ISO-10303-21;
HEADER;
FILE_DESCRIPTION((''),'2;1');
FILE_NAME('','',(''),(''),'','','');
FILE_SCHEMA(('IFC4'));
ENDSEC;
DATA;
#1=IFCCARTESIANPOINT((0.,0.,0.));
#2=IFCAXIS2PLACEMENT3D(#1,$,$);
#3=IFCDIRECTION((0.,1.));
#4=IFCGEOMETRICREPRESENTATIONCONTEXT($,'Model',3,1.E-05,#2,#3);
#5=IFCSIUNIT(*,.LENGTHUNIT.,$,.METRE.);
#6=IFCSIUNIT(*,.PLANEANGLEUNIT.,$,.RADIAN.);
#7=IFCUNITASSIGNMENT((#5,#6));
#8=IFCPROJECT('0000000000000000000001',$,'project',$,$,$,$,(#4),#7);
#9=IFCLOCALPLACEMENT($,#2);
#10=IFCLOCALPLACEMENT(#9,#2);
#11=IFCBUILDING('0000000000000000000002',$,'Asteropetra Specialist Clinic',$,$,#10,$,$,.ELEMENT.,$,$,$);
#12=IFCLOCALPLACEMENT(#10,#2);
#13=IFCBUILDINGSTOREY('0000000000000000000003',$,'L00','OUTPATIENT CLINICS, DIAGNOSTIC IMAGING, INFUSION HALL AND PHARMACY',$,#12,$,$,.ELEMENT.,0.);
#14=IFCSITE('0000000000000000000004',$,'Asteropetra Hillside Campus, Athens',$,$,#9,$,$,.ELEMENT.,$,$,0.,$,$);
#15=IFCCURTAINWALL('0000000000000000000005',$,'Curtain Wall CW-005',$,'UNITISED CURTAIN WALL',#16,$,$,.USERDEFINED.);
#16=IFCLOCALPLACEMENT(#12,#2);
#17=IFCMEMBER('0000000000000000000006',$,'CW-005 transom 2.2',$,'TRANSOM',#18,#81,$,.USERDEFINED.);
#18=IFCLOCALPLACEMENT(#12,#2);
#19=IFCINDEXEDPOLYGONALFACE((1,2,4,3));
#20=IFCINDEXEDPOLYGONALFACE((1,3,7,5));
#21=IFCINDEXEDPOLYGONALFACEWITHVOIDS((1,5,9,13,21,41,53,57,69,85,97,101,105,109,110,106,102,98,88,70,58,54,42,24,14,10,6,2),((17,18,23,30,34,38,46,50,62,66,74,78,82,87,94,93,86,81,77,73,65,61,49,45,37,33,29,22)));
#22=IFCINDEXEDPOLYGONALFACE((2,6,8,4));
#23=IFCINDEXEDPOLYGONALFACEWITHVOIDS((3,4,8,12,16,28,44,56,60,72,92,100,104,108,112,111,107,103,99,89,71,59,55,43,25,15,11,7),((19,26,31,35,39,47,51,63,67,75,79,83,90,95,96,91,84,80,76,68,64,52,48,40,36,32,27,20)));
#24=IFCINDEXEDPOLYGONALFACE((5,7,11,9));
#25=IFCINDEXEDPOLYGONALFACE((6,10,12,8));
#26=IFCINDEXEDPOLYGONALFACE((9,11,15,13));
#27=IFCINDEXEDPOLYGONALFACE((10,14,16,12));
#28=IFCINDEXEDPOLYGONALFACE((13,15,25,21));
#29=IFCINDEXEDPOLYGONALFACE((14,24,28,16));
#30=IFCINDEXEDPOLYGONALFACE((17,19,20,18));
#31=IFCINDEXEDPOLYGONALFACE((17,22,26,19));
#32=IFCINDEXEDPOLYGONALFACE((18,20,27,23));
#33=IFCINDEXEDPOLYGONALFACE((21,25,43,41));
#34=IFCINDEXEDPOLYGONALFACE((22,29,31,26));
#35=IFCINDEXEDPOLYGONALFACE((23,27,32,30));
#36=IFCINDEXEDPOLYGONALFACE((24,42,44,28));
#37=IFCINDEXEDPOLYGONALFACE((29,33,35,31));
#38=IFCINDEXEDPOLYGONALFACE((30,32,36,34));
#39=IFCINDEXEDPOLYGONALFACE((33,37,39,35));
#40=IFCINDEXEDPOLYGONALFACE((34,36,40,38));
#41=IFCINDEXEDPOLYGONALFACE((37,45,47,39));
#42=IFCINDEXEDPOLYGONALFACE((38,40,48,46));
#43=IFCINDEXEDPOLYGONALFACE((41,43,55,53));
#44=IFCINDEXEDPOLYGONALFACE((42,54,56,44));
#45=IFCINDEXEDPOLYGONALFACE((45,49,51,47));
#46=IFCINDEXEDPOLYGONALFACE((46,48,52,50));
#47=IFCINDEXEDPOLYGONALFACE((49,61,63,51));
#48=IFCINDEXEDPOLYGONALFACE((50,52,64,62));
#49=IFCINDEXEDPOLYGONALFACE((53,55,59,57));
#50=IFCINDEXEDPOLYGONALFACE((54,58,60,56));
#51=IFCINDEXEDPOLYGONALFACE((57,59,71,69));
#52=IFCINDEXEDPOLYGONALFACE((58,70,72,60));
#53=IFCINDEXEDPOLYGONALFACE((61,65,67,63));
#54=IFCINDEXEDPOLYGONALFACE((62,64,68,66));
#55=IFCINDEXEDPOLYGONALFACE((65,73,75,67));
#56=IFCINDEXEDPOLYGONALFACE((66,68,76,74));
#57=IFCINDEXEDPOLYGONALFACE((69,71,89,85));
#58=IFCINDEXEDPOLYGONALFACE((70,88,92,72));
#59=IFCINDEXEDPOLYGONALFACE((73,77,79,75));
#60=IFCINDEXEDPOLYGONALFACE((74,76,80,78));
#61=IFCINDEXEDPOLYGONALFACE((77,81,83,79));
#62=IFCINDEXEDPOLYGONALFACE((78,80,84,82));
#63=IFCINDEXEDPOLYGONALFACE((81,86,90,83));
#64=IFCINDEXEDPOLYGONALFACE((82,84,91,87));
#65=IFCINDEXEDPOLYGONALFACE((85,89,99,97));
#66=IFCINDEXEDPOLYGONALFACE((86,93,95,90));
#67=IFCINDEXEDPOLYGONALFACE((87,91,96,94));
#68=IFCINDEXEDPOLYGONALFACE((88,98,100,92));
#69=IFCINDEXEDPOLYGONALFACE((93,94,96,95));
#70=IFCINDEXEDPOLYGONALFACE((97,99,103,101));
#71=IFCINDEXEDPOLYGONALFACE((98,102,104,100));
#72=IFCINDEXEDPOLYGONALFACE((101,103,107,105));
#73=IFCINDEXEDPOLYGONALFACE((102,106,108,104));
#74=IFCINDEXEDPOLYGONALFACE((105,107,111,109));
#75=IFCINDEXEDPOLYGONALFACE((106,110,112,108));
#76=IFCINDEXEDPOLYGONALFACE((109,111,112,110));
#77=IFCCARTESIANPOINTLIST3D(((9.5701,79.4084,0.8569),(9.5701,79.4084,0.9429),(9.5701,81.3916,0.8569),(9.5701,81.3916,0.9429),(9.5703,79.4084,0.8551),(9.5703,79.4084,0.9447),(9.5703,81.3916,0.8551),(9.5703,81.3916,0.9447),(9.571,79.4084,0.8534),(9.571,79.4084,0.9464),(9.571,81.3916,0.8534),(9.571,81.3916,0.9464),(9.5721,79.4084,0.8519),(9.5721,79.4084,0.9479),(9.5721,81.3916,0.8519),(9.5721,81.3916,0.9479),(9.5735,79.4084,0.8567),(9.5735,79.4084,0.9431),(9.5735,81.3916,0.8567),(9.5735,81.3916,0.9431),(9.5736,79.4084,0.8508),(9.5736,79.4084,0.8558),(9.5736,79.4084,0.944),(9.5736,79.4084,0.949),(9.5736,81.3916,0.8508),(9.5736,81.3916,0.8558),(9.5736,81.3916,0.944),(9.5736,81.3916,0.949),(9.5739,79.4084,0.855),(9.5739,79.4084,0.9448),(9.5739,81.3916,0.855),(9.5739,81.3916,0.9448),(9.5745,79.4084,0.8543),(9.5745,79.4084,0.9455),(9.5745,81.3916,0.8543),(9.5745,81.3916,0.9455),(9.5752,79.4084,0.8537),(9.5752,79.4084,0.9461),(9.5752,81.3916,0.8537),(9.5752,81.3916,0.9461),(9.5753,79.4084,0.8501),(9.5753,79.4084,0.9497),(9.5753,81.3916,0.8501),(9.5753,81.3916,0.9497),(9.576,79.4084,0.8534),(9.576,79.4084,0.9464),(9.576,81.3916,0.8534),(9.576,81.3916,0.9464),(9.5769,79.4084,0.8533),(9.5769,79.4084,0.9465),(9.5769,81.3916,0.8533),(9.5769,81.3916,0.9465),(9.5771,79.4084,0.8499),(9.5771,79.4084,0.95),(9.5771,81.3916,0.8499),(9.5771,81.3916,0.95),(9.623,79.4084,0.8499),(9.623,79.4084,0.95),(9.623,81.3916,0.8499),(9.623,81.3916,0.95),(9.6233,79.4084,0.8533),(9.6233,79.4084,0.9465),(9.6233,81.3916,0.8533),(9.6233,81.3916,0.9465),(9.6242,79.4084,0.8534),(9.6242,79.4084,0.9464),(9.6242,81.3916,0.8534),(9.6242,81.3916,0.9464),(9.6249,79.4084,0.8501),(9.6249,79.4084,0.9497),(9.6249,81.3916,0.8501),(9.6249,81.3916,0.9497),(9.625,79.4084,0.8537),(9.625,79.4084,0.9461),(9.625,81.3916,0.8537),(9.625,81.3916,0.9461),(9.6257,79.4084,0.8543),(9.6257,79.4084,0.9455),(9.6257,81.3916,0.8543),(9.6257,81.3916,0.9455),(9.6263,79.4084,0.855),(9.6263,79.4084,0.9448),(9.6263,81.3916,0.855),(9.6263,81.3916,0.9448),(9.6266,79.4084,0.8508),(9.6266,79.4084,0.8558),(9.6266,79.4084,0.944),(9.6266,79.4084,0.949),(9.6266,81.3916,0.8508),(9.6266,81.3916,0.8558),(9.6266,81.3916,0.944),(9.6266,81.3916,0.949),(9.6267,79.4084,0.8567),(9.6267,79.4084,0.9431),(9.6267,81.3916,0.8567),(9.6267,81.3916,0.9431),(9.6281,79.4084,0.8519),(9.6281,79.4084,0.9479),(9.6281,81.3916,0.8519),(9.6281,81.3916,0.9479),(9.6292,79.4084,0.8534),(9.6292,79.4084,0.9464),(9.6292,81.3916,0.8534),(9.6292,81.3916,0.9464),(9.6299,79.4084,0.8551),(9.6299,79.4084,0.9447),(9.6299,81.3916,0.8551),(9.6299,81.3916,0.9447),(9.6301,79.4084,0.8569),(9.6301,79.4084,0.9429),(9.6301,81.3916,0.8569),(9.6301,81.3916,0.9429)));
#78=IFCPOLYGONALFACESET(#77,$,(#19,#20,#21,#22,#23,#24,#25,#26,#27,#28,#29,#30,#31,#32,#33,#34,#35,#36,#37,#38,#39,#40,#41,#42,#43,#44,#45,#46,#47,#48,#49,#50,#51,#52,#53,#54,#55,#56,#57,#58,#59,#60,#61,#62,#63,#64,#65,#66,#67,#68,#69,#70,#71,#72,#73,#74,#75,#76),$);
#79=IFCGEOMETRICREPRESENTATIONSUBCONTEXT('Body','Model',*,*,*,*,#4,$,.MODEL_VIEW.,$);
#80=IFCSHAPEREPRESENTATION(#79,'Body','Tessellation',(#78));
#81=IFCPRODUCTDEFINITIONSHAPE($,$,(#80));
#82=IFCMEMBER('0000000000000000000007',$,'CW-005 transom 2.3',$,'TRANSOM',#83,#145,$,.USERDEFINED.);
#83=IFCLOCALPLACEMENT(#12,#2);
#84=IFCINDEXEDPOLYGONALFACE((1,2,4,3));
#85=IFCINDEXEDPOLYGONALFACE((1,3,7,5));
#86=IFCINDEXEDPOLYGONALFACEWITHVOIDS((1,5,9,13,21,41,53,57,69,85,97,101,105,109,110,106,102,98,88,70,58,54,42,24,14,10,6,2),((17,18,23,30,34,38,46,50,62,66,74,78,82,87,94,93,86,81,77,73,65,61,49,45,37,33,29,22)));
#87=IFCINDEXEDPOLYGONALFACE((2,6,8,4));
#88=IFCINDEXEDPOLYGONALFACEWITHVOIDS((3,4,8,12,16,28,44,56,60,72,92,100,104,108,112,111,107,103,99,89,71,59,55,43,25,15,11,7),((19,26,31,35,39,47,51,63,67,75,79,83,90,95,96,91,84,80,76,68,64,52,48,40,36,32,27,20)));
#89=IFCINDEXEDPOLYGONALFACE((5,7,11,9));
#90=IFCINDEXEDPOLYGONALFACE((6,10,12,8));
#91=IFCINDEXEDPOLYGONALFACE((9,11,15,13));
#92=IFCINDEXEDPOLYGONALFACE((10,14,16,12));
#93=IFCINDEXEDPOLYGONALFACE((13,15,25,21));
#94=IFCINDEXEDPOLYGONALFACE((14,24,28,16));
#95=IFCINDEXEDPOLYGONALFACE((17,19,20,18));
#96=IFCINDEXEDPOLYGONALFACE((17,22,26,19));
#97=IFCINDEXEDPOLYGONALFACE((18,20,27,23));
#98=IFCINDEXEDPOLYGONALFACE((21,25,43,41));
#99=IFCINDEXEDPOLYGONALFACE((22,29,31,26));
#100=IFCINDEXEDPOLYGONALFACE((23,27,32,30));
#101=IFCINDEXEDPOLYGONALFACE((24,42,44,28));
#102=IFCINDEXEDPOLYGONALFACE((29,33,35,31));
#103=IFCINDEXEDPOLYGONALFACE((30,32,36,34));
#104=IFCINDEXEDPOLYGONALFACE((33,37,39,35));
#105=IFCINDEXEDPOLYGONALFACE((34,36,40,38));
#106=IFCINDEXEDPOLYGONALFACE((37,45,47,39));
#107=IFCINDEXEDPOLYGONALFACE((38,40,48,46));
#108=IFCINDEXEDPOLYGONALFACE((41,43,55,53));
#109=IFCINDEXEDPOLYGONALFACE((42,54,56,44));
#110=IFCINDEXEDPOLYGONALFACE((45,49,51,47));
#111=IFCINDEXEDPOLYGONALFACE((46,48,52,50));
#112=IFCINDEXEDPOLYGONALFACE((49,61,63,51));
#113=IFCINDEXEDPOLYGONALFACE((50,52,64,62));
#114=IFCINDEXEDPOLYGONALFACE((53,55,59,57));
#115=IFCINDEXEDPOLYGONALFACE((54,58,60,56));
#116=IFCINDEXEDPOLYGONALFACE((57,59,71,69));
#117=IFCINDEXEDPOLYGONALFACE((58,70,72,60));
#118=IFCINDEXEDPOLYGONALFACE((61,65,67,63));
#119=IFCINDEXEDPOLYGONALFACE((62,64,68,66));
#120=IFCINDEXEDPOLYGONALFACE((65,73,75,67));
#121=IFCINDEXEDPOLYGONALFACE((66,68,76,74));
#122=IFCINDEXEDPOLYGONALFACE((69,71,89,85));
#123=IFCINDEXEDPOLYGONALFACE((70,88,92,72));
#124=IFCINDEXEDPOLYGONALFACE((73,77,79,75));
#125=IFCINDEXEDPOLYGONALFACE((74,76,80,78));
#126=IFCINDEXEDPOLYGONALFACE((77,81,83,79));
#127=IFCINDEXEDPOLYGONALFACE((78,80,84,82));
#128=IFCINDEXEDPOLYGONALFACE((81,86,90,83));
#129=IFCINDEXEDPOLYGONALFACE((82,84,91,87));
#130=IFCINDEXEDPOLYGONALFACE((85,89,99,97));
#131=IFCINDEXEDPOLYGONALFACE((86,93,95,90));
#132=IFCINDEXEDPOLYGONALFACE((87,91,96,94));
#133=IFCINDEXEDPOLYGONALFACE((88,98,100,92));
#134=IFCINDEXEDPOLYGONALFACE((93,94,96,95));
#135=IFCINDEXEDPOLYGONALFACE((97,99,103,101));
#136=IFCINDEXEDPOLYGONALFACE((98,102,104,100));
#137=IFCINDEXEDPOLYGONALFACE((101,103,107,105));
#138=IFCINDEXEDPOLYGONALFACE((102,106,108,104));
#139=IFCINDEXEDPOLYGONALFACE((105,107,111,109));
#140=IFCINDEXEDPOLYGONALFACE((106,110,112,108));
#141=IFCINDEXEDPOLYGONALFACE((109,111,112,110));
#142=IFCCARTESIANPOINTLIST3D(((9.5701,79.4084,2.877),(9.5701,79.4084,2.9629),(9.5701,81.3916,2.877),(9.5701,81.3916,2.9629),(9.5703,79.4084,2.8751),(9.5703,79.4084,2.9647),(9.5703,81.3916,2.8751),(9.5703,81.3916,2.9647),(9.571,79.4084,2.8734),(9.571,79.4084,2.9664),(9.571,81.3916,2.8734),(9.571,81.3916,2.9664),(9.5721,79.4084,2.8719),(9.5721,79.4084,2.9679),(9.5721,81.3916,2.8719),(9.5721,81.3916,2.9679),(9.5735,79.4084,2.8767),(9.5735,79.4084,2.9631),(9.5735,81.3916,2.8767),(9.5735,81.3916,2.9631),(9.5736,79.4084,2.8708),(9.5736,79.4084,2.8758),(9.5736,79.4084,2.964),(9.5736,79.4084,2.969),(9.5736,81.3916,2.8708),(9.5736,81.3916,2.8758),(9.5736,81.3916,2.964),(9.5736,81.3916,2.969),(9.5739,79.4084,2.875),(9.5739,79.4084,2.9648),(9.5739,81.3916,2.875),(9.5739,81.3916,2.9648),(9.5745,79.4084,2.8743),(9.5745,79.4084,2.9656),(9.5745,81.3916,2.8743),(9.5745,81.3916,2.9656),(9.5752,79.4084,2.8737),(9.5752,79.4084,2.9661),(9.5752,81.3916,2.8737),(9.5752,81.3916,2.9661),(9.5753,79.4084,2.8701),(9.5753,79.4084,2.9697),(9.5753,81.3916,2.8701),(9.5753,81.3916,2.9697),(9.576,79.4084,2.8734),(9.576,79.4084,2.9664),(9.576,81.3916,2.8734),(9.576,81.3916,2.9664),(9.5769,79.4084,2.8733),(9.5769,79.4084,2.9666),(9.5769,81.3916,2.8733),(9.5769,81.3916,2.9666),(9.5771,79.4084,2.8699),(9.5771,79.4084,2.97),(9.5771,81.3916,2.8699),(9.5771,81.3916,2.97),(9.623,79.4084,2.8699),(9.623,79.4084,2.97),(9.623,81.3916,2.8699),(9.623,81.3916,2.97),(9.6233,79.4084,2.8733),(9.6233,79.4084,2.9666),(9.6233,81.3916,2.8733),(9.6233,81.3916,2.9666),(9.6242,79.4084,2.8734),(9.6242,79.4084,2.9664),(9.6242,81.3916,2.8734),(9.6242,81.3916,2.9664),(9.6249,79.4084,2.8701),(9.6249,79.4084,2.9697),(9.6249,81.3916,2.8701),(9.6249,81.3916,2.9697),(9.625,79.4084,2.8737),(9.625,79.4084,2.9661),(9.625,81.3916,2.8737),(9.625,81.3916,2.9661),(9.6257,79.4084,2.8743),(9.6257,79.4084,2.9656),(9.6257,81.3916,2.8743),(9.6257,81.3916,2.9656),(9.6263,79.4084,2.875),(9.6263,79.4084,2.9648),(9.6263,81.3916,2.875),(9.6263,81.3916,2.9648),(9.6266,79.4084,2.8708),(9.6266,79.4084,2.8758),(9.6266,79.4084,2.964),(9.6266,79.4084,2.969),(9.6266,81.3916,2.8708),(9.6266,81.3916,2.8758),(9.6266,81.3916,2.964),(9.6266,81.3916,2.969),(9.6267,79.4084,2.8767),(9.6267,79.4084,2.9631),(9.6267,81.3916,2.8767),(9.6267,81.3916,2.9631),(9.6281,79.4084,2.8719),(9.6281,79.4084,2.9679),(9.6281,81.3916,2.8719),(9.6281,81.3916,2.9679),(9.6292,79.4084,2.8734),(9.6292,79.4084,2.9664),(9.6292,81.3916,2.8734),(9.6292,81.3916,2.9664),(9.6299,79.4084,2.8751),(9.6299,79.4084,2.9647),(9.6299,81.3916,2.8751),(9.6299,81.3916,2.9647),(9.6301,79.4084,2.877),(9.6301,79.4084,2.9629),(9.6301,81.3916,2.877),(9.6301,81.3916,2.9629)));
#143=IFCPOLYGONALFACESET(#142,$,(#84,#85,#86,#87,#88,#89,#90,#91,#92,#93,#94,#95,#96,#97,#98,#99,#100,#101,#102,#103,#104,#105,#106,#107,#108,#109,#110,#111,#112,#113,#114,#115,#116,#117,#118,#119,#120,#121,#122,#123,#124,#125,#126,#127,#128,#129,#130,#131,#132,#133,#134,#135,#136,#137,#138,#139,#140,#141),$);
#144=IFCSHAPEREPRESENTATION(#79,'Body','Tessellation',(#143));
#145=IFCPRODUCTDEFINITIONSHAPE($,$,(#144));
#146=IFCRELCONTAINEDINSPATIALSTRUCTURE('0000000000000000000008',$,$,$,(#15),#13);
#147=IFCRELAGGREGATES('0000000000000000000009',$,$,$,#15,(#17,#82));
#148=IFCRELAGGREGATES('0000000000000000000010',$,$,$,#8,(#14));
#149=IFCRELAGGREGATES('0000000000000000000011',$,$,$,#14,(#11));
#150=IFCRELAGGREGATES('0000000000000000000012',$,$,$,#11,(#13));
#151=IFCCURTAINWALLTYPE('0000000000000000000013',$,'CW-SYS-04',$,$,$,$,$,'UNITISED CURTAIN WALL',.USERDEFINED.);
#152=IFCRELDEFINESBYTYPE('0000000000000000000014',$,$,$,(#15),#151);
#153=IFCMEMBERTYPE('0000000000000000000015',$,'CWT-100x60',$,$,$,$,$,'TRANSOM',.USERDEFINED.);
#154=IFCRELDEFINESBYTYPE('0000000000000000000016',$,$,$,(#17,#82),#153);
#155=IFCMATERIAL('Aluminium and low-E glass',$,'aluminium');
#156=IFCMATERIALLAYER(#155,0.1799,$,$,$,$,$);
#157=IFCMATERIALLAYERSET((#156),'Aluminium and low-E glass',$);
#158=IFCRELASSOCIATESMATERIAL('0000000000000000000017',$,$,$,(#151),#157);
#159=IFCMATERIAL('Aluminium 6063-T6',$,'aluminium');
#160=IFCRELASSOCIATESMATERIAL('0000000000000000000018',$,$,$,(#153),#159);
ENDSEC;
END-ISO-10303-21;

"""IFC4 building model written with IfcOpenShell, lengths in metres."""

from ifc_helpers import new_model, si_unit, direction, frame, origin, origin_2d, place, context, subcontext, project, spatial, hollow_rectangle, extrude, material, layer, layer_set, material_profile, profile_set, type_object, element, aggregate, save


model = new_model("IFC4")

# Units and contexts
model_context = context("Model", 3, precision=1e-05, world=origin(), true_north=direction((0.0, 1.0)))
body_context = subcontext(model_context, "Body", "Model", "MODEL_VIEW")
ifc_project = project(units=[si_unit("LENGTHUNIT", "METRE"), si_unit("PLANEANGLEUNIT", "RADIAN")], contexts=[model_context])

# Site, building, storey
site_placement = place(None, origin())
site = spatial("IfcSite", under=ifc_project, at=site_placement, Name="Asteropetra Hillside Campus, Athens", CompositionType="ELEMENT", RefElevation=0.0)
building_placement = place(site_placement, origin())
building = spatial("IfcBuilding", under=site, at=building_placement, Name="Asteropetra Specialist Clinic", CompositionType="ELEMENT")
storey_placement = place(building_placement, origin())
storey = spatial("IfcBuildingStorey", under=building, at=storey_placement, Name="L00", Description="OUTPATIENT CLINICS, DIAGNOSTIC IMAGING, INFUSION HALL AND PHARMACY", CompositionType="ELEMENT", Elevation=0.0)

# Curtain wall
ifc_material_1 = material(Name="Aluminium and low-E glass", Category="aluminium")
ifc_layer_1 = layer(ifc_material_1, 0.1799)
ifc_layer_set_1 = layer_set([ifc_layer_1], Name="Aluminium and low-E glass")
curtain_wall_type_1 = type_object("IfcCurtainWallType", Name="CW-SYS-04", ElementType="UNITISED CURTAIN WALL", PredefinedType="USERDEFINED", material=ifc_layer_set_1)
curtain_wall_1_placement = place(storey_placement, origin())
curtain_wall_1 = element("IfcCurtainWall", 1, at=curtain_wall_1_placement, inside=storey, type_object=curtain_wall_type_1, Name="Curtain Wall CW-005", ObjectType="UNITISED CURTAIN WALL", PredefinedType="USERDEFINED")

# Members
ifc_material_2 = material(Name="Aluminium 6063-T6", Category="aluminium")
ifc_material_profile_1 = material_profile(ifc_material_2, hollow_rectangle(XDim=0.0601, YDim=0.1001, WallThickness=0.0034, InnerFilletRadius=0.0034, OuterFilletRadius=0.0071, at=origin_2d()), Name="TRN 100x60x3.5")
ifc_profile_set_1 = profile_set([ifc_material_profile_1], Name="Aluminium 6063-T6")
member_type_1 = type_object("IfcMemberType", Name="CWT-100x60", ElementType="TRANSOM", PredefinedType="USERDEFINED", material=ifc_profile_set_1)
member_1_placement = place(storey_placement, frame((9.6001, 81.3916, 0.8999), z_axis=(0.0, -1.0, 0.0), x_axis=(1.0, 0.0, 0.0)))
member_1 = element("IfcMember", 2, at=member_1_placement, type_object=member_type_1, Name="CW-005 transom 2.2", ObjectType="TRANSOM", PredefinedType="USERDEFINED", context=body_context, shape_type="SweptSolid", body=[
    extrude(hollow_rectangle(XDim=0.0601, YDim=0.1001, WallThickness=0.0034, InnerFilletRadius=0.0034, OuterFilletRadius=0.0071, at=origin_2d()), origin(), (0.0, 0.0, 1.0), 1.9832),
])
member_2_placement = place(storey_placement, frame((9.6001, 81.3916, 2.9199), z_axis=(0.0, -1.0, 0.0), x_axis=(1.0, 0.0, 0.0)))
member_2 = element("IfcMember", 3, at=member_2_placement, type_object=member_type_1, Name="CW-005 transom 2.3", ObjectType="TRANSOM", PredefinedType="USERDEFINED", context=body_context, shape_type="SweptSolid", body=[
    extrude(hollow_rectangle(XDim=0.0601, YDim=0.1001, WallThickness=0.0034, InnerFilletRadius=0.0034, OuterFilletRadius=0.0071, at=origin_2d()), origin(), (0.0, 0.0, 1.0), 1.9832),
])

aggregate(curtain_wall_1, [member_1, member_2])

save(model, "model.ifc")
